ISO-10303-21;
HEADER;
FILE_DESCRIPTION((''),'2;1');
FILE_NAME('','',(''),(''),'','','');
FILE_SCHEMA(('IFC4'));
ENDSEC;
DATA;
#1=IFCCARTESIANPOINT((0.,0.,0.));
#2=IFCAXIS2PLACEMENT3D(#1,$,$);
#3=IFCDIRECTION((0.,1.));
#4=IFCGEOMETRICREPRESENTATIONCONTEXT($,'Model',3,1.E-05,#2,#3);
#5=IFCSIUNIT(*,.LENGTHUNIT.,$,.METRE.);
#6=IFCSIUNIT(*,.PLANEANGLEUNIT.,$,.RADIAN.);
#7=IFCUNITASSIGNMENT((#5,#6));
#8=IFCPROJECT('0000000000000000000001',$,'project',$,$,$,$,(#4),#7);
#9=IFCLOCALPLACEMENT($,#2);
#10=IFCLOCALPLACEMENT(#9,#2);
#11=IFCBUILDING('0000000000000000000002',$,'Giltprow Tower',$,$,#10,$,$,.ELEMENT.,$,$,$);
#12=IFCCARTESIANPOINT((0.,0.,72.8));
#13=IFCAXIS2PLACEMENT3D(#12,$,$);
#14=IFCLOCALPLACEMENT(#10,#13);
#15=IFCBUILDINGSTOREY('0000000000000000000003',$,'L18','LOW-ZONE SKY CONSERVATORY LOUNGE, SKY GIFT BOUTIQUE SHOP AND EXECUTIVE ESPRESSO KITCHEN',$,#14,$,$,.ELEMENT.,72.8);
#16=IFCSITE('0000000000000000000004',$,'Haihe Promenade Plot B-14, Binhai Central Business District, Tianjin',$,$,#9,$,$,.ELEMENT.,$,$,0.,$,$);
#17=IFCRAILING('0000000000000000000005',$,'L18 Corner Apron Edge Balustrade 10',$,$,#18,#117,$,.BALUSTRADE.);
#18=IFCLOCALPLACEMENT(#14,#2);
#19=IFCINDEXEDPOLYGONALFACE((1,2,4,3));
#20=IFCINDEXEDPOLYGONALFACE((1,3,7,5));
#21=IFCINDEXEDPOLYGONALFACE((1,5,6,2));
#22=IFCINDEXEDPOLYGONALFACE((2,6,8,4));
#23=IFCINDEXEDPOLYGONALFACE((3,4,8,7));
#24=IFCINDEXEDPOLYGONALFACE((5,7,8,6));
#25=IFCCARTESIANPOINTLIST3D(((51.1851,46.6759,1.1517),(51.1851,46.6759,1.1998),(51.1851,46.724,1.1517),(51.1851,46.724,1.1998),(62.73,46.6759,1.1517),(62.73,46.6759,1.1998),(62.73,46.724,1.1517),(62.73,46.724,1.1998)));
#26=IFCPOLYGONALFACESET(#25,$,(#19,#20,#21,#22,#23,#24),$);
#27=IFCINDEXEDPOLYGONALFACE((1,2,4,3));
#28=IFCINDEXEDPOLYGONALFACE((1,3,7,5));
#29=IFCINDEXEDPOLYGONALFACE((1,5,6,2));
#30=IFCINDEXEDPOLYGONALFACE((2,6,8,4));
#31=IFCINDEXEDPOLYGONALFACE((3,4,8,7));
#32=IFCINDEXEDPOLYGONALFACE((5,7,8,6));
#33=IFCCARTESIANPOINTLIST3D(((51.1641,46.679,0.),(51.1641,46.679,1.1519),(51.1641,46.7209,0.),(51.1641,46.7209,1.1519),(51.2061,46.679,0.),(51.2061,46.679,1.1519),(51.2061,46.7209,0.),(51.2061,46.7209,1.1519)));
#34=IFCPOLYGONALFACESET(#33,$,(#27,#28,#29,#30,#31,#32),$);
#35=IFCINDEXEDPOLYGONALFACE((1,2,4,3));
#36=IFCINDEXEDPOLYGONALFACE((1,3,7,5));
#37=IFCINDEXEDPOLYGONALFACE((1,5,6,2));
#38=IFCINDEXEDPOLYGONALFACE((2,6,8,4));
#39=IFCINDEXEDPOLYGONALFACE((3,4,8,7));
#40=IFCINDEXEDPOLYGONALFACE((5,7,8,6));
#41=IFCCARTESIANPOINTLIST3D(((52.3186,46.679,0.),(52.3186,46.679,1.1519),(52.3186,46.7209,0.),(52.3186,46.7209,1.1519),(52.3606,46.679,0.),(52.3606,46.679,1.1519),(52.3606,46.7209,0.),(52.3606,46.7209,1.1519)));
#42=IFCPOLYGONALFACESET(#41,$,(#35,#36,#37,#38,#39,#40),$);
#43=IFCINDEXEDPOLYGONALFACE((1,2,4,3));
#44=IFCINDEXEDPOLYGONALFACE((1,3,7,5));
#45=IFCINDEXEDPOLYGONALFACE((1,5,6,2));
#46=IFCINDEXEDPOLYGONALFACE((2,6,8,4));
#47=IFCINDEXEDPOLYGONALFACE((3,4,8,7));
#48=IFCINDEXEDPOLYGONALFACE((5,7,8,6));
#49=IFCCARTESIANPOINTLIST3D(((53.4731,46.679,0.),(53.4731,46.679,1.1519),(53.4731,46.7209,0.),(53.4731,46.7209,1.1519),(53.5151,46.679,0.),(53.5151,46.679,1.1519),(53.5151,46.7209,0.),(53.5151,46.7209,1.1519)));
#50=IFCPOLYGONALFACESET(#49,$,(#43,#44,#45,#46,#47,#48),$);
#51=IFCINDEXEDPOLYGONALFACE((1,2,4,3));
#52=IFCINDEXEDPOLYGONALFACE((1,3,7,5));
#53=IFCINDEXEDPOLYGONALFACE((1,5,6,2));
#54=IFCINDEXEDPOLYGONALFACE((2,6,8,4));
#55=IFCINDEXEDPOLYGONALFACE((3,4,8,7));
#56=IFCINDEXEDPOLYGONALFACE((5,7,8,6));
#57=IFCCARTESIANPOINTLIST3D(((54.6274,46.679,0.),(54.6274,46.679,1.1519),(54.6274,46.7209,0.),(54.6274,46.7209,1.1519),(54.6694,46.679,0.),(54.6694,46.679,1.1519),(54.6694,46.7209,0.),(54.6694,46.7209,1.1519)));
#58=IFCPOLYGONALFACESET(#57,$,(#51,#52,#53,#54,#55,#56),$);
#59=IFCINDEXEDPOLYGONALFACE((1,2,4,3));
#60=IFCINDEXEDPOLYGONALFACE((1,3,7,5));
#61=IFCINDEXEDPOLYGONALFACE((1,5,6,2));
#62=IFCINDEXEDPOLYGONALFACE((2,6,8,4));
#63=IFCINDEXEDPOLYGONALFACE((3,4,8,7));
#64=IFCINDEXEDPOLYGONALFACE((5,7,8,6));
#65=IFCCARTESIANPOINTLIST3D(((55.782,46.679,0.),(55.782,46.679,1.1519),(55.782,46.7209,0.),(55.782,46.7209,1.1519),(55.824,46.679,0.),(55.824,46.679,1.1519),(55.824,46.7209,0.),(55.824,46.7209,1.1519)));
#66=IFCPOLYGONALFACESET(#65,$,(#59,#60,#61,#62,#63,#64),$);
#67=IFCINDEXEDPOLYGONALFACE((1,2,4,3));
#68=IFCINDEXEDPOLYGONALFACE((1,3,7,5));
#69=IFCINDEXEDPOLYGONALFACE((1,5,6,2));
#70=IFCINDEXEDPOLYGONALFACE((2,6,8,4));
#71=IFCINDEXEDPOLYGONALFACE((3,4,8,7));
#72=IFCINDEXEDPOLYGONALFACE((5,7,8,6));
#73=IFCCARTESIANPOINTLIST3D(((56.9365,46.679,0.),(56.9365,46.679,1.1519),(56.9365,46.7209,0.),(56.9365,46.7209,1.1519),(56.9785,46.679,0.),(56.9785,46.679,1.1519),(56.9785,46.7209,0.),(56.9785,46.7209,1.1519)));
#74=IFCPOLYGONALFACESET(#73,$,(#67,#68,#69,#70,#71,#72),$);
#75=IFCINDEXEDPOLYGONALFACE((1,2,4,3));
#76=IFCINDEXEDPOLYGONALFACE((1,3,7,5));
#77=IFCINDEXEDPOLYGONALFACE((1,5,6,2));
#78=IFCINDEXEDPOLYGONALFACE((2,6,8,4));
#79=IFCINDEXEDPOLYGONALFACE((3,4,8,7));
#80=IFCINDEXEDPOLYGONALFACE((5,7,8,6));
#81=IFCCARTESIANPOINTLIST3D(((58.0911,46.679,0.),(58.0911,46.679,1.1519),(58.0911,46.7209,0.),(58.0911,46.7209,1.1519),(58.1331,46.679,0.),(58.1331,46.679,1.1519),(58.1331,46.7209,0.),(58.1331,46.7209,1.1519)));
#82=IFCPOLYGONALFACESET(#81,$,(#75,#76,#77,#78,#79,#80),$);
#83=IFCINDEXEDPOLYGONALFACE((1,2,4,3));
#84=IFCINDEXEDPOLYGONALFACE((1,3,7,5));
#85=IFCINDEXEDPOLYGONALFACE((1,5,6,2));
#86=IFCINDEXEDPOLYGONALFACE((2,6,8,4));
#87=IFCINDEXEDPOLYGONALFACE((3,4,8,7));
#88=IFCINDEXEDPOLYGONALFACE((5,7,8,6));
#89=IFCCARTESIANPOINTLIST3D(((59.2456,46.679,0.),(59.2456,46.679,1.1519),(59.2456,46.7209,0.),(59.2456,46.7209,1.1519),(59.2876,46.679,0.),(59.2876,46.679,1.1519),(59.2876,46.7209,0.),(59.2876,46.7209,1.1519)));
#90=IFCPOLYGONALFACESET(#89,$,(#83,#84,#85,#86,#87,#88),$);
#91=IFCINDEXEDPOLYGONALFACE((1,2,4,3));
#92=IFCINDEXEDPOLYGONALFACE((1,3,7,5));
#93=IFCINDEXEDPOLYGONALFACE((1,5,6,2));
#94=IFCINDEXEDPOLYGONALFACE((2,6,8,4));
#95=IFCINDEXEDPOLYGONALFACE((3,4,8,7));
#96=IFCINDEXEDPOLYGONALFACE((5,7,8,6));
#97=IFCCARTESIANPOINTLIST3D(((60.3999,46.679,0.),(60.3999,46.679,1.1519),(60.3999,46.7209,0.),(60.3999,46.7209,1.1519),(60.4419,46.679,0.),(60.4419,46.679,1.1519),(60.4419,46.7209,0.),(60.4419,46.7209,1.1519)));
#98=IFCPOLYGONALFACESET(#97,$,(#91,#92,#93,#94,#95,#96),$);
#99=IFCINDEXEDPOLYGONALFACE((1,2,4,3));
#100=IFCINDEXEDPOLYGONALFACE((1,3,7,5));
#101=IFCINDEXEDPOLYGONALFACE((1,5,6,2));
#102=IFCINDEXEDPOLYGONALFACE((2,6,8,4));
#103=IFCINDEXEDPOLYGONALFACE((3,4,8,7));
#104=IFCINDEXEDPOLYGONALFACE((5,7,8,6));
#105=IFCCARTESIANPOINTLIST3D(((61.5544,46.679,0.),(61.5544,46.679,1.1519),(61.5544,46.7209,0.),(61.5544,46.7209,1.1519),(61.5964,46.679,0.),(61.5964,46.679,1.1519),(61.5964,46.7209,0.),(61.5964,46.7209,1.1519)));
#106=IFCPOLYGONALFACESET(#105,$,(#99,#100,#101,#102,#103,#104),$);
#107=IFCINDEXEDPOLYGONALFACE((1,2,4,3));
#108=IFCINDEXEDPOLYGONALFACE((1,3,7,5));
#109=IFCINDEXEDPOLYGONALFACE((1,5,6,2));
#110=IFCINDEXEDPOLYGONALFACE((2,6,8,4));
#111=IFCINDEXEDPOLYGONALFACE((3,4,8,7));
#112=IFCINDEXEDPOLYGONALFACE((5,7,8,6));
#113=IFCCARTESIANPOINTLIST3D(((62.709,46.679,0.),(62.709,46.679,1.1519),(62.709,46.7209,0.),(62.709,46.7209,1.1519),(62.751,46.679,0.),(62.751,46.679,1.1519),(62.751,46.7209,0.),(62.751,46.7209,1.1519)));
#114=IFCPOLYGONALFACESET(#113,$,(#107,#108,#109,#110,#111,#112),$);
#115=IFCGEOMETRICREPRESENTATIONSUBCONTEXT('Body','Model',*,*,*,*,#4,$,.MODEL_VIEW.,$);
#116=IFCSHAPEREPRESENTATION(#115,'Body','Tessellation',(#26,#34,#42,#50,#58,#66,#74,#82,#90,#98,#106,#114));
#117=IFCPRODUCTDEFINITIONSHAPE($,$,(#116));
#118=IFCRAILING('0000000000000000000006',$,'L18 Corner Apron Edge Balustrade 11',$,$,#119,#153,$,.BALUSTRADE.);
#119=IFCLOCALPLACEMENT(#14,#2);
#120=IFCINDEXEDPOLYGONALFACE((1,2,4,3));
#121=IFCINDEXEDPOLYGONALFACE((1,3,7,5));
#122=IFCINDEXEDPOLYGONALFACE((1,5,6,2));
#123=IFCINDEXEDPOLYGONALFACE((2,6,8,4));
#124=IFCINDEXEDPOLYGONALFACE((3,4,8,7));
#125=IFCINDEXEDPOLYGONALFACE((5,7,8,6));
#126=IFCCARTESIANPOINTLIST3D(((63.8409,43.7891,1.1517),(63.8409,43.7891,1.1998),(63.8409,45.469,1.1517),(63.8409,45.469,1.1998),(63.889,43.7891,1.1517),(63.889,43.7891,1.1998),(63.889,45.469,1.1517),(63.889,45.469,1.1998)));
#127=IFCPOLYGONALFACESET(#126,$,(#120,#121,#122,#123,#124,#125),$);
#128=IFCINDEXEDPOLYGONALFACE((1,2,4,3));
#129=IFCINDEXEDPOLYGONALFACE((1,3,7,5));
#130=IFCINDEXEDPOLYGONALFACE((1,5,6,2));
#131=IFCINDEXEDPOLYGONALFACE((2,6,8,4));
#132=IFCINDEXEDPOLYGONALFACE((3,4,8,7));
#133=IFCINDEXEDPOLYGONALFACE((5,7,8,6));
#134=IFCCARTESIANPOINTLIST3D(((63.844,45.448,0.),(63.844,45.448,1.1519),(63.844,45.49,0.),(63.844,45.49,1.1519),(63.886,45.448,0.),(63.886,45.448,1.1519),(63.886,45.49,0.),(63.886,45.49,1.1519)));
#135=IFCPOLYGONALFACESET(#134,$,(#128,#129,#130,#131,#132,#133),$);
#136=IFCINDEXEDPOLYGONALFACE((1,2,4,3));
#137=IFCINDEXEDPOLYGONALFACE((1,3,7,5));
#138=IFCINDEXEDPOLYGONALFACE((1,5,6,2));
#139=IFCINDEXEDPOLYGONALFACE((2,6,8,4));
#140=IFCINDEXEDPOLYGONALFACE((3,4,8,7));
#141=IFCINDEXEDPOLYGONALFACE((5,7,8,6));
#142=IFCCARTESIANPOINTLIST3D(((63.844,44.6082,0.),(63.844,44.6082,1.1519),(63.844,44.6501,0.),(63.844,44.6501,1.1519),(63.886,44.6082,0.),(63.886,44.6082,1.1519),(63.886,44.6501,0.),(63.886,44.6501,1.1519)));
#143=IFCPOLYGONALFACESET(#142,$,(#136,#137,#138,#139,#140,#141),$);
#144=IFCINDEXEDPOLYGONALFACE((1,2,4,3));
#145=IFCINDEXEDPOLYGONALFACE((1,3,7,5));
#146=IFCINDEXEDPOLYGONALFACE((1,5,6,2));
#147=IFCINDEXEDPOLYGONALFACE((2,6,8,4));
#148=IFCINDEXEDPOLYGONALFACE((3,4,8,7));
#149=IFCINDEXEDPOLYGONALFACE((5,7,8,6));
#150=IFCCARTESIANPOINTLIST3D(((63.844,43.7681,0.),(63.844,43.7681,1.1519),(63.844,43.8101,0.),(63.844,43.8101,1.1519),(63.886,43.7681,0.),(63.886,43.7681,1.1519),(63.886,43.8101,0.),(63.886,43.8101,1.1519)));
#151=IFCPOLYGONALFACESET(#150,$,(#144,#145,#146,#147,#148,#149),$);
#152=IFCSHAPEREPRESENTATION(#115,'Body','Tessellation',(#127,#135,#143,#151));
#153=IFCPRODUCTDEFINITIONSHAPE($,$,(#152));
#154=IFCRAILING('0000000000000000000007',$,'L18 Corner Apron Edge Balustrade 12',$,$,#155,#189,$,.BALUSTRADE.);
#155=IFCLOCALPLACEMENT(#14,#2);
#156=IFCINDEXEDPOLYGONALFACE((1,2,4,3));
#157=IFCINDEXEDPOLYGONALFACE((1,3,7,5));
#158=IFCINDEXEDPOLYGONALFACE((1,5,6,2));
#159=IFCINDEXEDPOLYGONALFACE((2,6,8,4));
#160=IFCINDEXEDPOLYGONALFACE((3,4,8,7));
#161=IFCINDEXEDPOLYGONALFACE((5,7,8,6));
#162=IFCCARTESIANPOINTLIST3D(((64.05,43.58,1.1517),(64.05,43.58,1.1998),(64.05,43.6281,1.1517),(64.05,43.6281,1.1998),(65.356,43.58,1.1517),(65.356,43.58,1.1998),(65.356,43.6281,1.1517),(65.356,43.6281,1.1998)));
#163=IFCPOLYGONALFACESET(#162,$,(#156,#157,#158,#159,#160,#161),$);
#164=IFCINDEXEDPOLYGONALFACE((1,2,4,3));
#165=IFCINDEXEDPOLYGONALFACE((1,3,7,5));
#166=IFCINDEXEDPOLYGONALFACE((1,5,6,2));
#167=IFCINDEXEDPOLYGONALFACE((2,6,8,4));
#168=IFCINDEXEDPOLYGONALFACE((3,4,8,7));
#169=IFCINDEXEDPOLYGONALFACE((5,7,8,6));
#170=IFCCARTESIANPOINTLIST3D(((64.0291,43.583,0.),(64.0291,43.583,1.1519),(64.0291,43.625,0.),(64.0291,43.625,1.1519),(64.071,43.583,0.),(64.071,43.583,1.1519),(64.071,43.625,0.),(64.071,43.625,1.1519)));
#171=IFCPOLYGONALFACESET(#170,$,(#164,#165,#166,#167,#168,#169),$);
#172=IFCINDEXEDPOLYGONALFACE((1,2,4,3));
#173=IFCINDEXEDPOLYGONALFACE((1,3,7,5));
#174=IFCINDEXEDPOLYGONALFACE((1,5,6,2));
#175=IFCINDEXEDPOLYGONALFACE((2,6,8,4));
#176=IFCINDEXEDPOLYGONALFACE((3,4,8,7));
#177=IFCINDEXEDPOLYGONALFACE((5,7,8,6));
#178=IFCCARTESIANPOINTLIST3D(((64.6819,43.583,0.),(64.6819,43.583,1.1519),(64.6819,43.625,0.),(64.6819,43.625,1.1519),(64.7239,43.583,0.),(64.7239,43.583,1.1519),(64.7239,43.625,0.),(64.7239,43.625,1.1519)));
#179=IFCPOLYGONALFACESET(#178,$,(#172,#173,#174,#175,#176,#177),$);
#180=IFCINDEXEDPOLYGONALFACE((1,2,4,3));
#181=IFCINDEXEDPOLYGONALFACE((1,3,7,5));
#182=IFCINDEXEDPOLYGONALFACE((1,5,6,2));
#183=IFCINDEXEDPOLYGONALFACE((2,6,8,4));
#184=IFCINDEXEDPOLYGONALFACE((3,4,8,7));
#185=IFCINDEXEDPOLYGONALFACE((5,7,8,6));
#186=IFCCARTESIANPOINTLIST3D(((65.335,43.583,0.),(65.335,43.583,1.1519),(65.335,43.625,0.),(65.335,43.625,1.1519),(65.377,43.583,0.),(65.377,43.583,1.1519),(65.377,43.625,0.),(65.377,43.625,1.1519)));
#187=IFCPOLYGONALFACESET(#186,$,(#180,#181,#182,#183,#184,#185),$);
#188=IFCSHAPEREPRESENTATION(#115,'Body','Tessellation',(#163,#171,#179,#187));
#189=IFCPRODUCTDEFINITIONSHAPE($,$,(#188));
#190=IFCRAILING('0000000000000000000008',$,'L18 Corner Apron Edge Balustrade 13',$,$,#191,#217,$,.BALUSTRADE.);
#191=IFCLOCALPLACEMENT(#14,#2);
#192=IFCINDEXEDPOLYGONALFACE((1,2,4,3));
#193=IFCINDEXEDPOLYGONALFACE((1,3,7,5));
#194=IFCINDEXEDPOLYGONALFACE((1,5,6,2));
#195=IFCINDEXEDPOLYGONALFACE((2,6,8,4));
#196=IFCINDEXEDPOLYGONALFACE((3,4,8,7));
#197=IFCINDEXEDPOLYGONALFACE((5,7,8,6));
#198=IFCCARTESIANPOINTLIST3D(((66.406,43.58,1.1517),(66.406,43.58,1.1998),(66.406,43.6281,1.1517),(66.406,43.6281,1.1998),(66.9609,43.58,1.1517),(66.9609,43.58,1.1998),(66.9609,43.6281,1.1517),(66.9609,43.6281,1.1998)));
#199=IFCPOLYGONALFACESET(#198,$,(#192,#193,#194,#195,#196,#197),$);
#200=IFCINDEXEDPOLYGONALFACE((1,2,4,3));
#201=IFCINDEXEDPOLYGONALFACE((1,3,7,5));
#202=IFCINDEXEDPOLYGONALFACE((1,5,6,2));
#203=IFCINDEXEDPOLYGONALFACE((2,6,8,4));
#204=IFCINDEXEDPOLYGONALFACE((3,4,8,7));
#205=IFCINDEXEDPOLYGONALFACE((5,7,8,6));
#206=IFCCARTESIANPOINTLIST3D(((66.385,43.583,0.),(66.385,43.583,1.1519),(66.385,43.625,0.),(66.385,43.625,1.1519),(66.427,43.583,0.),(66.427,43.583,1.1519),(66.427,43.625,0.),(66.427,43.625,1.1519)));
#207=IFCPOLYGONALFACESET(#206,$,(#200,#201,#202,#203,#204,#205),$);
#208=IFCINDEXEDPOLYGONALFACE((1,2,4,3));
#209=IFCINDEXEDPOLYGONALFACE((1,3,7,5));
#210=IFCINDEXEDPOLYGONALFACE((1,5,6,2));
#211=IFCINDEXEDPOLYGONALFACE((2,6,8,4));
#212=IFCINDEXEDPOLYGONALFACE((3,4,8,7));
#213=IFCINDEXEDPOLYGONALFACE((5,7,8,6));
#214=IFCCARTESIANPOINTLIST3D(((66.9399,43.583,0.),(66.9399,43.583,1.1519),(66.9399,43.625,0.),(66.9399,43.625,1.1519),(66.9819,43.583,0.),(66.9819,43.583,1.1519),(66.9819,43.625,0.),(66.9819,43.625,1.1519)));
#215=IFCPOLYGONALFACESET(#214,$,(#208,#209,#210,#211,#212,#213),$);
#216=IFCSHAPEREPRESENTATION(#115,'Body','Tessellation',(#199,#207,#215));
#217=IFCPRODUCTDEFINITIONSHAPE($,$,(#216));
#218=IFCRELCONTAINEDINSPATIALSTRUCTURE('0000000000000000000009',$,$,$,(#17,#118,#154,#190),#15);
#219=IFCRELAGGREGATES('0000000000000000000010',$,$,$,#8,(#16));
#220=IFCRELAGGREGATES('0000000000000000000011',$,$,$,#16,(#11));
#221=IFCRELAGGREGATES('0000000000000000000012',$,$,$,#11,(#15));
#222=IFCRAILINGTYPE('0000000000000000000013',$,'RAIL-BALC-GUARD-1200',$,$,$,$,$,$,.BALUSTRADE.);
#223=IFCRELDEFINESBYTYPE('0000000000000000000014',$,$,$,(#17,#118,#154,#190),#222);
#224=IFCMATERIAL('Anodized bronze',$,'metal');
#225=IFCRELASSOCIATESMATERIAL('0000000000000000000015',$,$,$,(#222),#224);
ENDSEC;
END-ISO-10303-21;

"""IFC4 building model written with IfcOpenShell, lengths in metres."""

from ifc_helpers import new_model, si_unit, direction, frame, origin, origin_2d, place, context, subcontext, project, spatial, rectangle, extrude, material, type_object, element, save


model = new_model("IFC4")

# Units and contexts
model_context = context("Model", 3, precision=1e-05, world=origin(), true_north=direction((0.0, 1.0)))
body_context = subcontext(model_context, "Body", "Model", "MODEL_VIEW")
ifc_project = project(units=[si_unit("LENGTHUNIT", "METRE"), si_unit("PLANEANGLEUNIT", "RADIAN")], contexts=[model_context])

# Site, building, storey
site_placement = place(None, origin())
site = spatial("IfcSite", under=ifc_project, at=site_placement, Name="Haihe Promenade Plot B-14, Binhai Central Business District, Tianjin", CompositionType="ELEMENT", RefElevation=0.0)
building_placement = place(site_placement, origin())
building = spatial("IfcBuilding", under=site, at=building_placement, Name="Giltprow Tower", CompositionType="ELEMENT")
storey_placement = place(building_placement, frame((0.0, 0.0, 72.8)))
storey = spatial("IfcBuildingStorey", under=building, at=storey_placement, Name="L18", Description="LOW-ZONE SKY CONSERVATORY LOUNGE, SKY GIFT BOUTIQUE SHOP AND EXECUTIVE ESPRESSO KITCHEN", CompositionType="ELEMENT", Elevation=72.8)

# Railings
ifc_material_1 = material(Name="Anodized bronze", Category="metal")
railing_type_1 = type_object("IfcRailingType", Name="RAIL-BALC-GUARD-1200", PredefinedType="BALUSTRADE", material=ifc_material_1)
railing_1_placement = place(storey_placement, frame((51.1851, 46.7, 0.0)))
element("IfcRailing", 1, at=railing_1_placement, inside=storey, type_object=railing_type_1, Name="L18 Corner Apron Edge Balustrade 10", PredefinedType="BALUSTRADE", context=body_context, shape_type="SweptSolid", body=[
    extrude(rectangle(XDim=0.0481, YDim=0.0481, at=origin_2d()), frame((0.0, 0.0, 1.1758), z_axis=(1.0, 0.0, 0.0), x_axis=(0.0, 1.0, 0.0)), (0.0, 0.0, 1.0), 11.5449),
    extrude(rectangle(XDim=0.042, YDim=0.042, at=origin_2d()), origin(), (0.0, 0.0, 1.0), 1.1519),
    extrude(rectangle(XDim=0.042, YDim=0.042, at=origin_2d()), frame((1.1545, 0.0, 0.0)), (0.0, 0.0, 1.0), 1.1519),
    extrude(rectangle(XDim=0.042, YDim=0.042, at=origin_2d()), frame((2.3091, 0.0, 0.0)), (0.0, 0.0, 1.0), 1.1519),
    extrude(rectangle(XDim=0.042, YDim=0.042, at=origin_2d()), frame((3.4634, 0.0, 0.0)), (0.0, 0.0, 1.0), 1.1519),
    extrude(rectangle(XDim=0.042, YDim=0.042, at=origin_2d()), frame((4.6179, 0.0, 0.0)), (0.0, 0.0, 1.0), 1.1519),
    extrude(rectangle(XDim=0.042, YDim=0.042, at=origin_2d()), frame((5.7725, 0.0, 0.0)), (0.0, 0.0, 1.0), 1.1519),
    extrude(rectangle(XDim=0.042, YDim=0.042, at=origin_2d()), frame((6.927, 0.0, 0.0)), (0.0, 0.0, 1.0), 1.1519),
    extrude(rectangle(XDim=0.042, YDim=0.042, at=origin_2d()), frame((8.0815, 0.0, 0.0)), (0.0, 0.0, 1.0), 1.1519),
    extrude(rectangle(XDim=0.042, YDim=0.042, at=origin_2d()), frame((9.2358, 0.0, 0.0)), (0.0, 0.0, 1.0), 1.1519),
    extrude(rectangle(XDim=0.042, YDim=0.042, at=origin_2d()), frame((10.3904, 0.0, 0.0)), (0.0, 0.0, 1.0), 1.1519),
    extrude(rectangle(XDim=0.042, YDim=0.042, at=origin_2d()), frame((11.5449, 0.0, 0.0)), (0.0, 0.0, 1.0), 1.1519),
])
railing_2_placement = place(storey_placement, frame((63.865, 45.469, 0.0)))
element("IfcRailing", 2, at=railing_2_placement, inside=storey, type_object=railing_type_1, Name="L18 Corner Apron Edge Balustrade 11", PredefinedType="BALUSTRADE", context=body_context, shape_type="SweptSolid", body=[
    extrude(rectangle(XDim=0.0481, YDim=0.0481, at=origin_2d()), frame((0.0, 0.0, 1.1758), z_axis=(0.0, -1.0, 0.0), x_axis=(1.0, 0.0, 0.0)), (0.0, 0.0, 1.0), 1.6799),
    extrude(rectangle(XDim=0.042, YDim=0.042, at=origin_2d()), origin(), (0.0, 0.0, 1.0), 1.1519),
    extrude(rectangle(XDim=0.042, YDim=0.042, at=origin_2d()), frame((0.0, -0.8398, 0.0)), (0.0, 0.0, 1.0), 1.1519),
    extrude(rectangle(XDim=0.042, YDim=0.042, at=origin_2d()), frame((0.0, -1.6799, 0.0)), (0.0, 0.0, 1.0), 1.1519),
])
railing_3_placement = place(storey_placement, frame((64.05, 43.604, 0.0)))
element("IfcRailing", 3, at=railing_3_placement, inside=storey, type_object=railing_type_1, Name="L18 Corner Apron Edge Balustrade 12", PredefinedType="BALUSTRADE", context=body_context, shape_type="SweptSolid", body=[
    extrude(rectangle(XDim=0.0481, YDim=0.0481, at=origin_2d()), frame((0.0, 0.0, 1.1758), z_axis=(1.0, 0.0, 0.0), x_axis=(0.0, 1.0, 0.0)), (0.0, 0.0, 1.0), 1.3059),
    extrude(rectangle(XDim=0.042, YDim=0.042, at=origin_2d()), origin(), (0.0, 0.0, 1.0), 1.1519),
    extrude(rectangle(XDim=0.042, YDim=0.042, at=origin_2d()), frame((0.6528, 0.0, 0.0)), (0.0, 0.0, 1.0), 1.1519),
    extrude(rectangle(XDim=0.042, YDim=0.042, at=origin_2d()), frame((1.3059, 0.0, 0.0)), (0.0, 0.0, 1.0), 1.1519),
])
railing_4_placement = place(storey_placement, frame((66.406, 43.604, 0.0)))
element("IfcRailing", 4, at=railing_4_placement, inside=storey, type_object=railing_type_1, Name="L18 Corner Apron Edge Balustrade 13", PredefinedType="BALUSTRADE", context=body_context, shape_type="SweptSolid", body=[
    extrude(rectangle(XDim=0.0481, YDim=0.0481, at=origin_2d()), frame((0.0, 0.0, 1.1758), z_axis=(1.0, 0.0, 0.0), x_axis=(0.0, 1.0, 0.0)), (0.0, 0.0, 1.0), 0.5549),
    extrude(rectangle(XDim=0.042, YDim=0.042, at=origin_2d()), origin(), (0.0, 0.0, 1.0), 1.1519),
    extrude(rectangle(XDim=0.042, YDim=0.042, at=origin_2d()), frame((0.5549, 0.0, 0.0)), (0.0, 0.0, 1.0), 1.1519),
])

save(model, "model.ifc")
